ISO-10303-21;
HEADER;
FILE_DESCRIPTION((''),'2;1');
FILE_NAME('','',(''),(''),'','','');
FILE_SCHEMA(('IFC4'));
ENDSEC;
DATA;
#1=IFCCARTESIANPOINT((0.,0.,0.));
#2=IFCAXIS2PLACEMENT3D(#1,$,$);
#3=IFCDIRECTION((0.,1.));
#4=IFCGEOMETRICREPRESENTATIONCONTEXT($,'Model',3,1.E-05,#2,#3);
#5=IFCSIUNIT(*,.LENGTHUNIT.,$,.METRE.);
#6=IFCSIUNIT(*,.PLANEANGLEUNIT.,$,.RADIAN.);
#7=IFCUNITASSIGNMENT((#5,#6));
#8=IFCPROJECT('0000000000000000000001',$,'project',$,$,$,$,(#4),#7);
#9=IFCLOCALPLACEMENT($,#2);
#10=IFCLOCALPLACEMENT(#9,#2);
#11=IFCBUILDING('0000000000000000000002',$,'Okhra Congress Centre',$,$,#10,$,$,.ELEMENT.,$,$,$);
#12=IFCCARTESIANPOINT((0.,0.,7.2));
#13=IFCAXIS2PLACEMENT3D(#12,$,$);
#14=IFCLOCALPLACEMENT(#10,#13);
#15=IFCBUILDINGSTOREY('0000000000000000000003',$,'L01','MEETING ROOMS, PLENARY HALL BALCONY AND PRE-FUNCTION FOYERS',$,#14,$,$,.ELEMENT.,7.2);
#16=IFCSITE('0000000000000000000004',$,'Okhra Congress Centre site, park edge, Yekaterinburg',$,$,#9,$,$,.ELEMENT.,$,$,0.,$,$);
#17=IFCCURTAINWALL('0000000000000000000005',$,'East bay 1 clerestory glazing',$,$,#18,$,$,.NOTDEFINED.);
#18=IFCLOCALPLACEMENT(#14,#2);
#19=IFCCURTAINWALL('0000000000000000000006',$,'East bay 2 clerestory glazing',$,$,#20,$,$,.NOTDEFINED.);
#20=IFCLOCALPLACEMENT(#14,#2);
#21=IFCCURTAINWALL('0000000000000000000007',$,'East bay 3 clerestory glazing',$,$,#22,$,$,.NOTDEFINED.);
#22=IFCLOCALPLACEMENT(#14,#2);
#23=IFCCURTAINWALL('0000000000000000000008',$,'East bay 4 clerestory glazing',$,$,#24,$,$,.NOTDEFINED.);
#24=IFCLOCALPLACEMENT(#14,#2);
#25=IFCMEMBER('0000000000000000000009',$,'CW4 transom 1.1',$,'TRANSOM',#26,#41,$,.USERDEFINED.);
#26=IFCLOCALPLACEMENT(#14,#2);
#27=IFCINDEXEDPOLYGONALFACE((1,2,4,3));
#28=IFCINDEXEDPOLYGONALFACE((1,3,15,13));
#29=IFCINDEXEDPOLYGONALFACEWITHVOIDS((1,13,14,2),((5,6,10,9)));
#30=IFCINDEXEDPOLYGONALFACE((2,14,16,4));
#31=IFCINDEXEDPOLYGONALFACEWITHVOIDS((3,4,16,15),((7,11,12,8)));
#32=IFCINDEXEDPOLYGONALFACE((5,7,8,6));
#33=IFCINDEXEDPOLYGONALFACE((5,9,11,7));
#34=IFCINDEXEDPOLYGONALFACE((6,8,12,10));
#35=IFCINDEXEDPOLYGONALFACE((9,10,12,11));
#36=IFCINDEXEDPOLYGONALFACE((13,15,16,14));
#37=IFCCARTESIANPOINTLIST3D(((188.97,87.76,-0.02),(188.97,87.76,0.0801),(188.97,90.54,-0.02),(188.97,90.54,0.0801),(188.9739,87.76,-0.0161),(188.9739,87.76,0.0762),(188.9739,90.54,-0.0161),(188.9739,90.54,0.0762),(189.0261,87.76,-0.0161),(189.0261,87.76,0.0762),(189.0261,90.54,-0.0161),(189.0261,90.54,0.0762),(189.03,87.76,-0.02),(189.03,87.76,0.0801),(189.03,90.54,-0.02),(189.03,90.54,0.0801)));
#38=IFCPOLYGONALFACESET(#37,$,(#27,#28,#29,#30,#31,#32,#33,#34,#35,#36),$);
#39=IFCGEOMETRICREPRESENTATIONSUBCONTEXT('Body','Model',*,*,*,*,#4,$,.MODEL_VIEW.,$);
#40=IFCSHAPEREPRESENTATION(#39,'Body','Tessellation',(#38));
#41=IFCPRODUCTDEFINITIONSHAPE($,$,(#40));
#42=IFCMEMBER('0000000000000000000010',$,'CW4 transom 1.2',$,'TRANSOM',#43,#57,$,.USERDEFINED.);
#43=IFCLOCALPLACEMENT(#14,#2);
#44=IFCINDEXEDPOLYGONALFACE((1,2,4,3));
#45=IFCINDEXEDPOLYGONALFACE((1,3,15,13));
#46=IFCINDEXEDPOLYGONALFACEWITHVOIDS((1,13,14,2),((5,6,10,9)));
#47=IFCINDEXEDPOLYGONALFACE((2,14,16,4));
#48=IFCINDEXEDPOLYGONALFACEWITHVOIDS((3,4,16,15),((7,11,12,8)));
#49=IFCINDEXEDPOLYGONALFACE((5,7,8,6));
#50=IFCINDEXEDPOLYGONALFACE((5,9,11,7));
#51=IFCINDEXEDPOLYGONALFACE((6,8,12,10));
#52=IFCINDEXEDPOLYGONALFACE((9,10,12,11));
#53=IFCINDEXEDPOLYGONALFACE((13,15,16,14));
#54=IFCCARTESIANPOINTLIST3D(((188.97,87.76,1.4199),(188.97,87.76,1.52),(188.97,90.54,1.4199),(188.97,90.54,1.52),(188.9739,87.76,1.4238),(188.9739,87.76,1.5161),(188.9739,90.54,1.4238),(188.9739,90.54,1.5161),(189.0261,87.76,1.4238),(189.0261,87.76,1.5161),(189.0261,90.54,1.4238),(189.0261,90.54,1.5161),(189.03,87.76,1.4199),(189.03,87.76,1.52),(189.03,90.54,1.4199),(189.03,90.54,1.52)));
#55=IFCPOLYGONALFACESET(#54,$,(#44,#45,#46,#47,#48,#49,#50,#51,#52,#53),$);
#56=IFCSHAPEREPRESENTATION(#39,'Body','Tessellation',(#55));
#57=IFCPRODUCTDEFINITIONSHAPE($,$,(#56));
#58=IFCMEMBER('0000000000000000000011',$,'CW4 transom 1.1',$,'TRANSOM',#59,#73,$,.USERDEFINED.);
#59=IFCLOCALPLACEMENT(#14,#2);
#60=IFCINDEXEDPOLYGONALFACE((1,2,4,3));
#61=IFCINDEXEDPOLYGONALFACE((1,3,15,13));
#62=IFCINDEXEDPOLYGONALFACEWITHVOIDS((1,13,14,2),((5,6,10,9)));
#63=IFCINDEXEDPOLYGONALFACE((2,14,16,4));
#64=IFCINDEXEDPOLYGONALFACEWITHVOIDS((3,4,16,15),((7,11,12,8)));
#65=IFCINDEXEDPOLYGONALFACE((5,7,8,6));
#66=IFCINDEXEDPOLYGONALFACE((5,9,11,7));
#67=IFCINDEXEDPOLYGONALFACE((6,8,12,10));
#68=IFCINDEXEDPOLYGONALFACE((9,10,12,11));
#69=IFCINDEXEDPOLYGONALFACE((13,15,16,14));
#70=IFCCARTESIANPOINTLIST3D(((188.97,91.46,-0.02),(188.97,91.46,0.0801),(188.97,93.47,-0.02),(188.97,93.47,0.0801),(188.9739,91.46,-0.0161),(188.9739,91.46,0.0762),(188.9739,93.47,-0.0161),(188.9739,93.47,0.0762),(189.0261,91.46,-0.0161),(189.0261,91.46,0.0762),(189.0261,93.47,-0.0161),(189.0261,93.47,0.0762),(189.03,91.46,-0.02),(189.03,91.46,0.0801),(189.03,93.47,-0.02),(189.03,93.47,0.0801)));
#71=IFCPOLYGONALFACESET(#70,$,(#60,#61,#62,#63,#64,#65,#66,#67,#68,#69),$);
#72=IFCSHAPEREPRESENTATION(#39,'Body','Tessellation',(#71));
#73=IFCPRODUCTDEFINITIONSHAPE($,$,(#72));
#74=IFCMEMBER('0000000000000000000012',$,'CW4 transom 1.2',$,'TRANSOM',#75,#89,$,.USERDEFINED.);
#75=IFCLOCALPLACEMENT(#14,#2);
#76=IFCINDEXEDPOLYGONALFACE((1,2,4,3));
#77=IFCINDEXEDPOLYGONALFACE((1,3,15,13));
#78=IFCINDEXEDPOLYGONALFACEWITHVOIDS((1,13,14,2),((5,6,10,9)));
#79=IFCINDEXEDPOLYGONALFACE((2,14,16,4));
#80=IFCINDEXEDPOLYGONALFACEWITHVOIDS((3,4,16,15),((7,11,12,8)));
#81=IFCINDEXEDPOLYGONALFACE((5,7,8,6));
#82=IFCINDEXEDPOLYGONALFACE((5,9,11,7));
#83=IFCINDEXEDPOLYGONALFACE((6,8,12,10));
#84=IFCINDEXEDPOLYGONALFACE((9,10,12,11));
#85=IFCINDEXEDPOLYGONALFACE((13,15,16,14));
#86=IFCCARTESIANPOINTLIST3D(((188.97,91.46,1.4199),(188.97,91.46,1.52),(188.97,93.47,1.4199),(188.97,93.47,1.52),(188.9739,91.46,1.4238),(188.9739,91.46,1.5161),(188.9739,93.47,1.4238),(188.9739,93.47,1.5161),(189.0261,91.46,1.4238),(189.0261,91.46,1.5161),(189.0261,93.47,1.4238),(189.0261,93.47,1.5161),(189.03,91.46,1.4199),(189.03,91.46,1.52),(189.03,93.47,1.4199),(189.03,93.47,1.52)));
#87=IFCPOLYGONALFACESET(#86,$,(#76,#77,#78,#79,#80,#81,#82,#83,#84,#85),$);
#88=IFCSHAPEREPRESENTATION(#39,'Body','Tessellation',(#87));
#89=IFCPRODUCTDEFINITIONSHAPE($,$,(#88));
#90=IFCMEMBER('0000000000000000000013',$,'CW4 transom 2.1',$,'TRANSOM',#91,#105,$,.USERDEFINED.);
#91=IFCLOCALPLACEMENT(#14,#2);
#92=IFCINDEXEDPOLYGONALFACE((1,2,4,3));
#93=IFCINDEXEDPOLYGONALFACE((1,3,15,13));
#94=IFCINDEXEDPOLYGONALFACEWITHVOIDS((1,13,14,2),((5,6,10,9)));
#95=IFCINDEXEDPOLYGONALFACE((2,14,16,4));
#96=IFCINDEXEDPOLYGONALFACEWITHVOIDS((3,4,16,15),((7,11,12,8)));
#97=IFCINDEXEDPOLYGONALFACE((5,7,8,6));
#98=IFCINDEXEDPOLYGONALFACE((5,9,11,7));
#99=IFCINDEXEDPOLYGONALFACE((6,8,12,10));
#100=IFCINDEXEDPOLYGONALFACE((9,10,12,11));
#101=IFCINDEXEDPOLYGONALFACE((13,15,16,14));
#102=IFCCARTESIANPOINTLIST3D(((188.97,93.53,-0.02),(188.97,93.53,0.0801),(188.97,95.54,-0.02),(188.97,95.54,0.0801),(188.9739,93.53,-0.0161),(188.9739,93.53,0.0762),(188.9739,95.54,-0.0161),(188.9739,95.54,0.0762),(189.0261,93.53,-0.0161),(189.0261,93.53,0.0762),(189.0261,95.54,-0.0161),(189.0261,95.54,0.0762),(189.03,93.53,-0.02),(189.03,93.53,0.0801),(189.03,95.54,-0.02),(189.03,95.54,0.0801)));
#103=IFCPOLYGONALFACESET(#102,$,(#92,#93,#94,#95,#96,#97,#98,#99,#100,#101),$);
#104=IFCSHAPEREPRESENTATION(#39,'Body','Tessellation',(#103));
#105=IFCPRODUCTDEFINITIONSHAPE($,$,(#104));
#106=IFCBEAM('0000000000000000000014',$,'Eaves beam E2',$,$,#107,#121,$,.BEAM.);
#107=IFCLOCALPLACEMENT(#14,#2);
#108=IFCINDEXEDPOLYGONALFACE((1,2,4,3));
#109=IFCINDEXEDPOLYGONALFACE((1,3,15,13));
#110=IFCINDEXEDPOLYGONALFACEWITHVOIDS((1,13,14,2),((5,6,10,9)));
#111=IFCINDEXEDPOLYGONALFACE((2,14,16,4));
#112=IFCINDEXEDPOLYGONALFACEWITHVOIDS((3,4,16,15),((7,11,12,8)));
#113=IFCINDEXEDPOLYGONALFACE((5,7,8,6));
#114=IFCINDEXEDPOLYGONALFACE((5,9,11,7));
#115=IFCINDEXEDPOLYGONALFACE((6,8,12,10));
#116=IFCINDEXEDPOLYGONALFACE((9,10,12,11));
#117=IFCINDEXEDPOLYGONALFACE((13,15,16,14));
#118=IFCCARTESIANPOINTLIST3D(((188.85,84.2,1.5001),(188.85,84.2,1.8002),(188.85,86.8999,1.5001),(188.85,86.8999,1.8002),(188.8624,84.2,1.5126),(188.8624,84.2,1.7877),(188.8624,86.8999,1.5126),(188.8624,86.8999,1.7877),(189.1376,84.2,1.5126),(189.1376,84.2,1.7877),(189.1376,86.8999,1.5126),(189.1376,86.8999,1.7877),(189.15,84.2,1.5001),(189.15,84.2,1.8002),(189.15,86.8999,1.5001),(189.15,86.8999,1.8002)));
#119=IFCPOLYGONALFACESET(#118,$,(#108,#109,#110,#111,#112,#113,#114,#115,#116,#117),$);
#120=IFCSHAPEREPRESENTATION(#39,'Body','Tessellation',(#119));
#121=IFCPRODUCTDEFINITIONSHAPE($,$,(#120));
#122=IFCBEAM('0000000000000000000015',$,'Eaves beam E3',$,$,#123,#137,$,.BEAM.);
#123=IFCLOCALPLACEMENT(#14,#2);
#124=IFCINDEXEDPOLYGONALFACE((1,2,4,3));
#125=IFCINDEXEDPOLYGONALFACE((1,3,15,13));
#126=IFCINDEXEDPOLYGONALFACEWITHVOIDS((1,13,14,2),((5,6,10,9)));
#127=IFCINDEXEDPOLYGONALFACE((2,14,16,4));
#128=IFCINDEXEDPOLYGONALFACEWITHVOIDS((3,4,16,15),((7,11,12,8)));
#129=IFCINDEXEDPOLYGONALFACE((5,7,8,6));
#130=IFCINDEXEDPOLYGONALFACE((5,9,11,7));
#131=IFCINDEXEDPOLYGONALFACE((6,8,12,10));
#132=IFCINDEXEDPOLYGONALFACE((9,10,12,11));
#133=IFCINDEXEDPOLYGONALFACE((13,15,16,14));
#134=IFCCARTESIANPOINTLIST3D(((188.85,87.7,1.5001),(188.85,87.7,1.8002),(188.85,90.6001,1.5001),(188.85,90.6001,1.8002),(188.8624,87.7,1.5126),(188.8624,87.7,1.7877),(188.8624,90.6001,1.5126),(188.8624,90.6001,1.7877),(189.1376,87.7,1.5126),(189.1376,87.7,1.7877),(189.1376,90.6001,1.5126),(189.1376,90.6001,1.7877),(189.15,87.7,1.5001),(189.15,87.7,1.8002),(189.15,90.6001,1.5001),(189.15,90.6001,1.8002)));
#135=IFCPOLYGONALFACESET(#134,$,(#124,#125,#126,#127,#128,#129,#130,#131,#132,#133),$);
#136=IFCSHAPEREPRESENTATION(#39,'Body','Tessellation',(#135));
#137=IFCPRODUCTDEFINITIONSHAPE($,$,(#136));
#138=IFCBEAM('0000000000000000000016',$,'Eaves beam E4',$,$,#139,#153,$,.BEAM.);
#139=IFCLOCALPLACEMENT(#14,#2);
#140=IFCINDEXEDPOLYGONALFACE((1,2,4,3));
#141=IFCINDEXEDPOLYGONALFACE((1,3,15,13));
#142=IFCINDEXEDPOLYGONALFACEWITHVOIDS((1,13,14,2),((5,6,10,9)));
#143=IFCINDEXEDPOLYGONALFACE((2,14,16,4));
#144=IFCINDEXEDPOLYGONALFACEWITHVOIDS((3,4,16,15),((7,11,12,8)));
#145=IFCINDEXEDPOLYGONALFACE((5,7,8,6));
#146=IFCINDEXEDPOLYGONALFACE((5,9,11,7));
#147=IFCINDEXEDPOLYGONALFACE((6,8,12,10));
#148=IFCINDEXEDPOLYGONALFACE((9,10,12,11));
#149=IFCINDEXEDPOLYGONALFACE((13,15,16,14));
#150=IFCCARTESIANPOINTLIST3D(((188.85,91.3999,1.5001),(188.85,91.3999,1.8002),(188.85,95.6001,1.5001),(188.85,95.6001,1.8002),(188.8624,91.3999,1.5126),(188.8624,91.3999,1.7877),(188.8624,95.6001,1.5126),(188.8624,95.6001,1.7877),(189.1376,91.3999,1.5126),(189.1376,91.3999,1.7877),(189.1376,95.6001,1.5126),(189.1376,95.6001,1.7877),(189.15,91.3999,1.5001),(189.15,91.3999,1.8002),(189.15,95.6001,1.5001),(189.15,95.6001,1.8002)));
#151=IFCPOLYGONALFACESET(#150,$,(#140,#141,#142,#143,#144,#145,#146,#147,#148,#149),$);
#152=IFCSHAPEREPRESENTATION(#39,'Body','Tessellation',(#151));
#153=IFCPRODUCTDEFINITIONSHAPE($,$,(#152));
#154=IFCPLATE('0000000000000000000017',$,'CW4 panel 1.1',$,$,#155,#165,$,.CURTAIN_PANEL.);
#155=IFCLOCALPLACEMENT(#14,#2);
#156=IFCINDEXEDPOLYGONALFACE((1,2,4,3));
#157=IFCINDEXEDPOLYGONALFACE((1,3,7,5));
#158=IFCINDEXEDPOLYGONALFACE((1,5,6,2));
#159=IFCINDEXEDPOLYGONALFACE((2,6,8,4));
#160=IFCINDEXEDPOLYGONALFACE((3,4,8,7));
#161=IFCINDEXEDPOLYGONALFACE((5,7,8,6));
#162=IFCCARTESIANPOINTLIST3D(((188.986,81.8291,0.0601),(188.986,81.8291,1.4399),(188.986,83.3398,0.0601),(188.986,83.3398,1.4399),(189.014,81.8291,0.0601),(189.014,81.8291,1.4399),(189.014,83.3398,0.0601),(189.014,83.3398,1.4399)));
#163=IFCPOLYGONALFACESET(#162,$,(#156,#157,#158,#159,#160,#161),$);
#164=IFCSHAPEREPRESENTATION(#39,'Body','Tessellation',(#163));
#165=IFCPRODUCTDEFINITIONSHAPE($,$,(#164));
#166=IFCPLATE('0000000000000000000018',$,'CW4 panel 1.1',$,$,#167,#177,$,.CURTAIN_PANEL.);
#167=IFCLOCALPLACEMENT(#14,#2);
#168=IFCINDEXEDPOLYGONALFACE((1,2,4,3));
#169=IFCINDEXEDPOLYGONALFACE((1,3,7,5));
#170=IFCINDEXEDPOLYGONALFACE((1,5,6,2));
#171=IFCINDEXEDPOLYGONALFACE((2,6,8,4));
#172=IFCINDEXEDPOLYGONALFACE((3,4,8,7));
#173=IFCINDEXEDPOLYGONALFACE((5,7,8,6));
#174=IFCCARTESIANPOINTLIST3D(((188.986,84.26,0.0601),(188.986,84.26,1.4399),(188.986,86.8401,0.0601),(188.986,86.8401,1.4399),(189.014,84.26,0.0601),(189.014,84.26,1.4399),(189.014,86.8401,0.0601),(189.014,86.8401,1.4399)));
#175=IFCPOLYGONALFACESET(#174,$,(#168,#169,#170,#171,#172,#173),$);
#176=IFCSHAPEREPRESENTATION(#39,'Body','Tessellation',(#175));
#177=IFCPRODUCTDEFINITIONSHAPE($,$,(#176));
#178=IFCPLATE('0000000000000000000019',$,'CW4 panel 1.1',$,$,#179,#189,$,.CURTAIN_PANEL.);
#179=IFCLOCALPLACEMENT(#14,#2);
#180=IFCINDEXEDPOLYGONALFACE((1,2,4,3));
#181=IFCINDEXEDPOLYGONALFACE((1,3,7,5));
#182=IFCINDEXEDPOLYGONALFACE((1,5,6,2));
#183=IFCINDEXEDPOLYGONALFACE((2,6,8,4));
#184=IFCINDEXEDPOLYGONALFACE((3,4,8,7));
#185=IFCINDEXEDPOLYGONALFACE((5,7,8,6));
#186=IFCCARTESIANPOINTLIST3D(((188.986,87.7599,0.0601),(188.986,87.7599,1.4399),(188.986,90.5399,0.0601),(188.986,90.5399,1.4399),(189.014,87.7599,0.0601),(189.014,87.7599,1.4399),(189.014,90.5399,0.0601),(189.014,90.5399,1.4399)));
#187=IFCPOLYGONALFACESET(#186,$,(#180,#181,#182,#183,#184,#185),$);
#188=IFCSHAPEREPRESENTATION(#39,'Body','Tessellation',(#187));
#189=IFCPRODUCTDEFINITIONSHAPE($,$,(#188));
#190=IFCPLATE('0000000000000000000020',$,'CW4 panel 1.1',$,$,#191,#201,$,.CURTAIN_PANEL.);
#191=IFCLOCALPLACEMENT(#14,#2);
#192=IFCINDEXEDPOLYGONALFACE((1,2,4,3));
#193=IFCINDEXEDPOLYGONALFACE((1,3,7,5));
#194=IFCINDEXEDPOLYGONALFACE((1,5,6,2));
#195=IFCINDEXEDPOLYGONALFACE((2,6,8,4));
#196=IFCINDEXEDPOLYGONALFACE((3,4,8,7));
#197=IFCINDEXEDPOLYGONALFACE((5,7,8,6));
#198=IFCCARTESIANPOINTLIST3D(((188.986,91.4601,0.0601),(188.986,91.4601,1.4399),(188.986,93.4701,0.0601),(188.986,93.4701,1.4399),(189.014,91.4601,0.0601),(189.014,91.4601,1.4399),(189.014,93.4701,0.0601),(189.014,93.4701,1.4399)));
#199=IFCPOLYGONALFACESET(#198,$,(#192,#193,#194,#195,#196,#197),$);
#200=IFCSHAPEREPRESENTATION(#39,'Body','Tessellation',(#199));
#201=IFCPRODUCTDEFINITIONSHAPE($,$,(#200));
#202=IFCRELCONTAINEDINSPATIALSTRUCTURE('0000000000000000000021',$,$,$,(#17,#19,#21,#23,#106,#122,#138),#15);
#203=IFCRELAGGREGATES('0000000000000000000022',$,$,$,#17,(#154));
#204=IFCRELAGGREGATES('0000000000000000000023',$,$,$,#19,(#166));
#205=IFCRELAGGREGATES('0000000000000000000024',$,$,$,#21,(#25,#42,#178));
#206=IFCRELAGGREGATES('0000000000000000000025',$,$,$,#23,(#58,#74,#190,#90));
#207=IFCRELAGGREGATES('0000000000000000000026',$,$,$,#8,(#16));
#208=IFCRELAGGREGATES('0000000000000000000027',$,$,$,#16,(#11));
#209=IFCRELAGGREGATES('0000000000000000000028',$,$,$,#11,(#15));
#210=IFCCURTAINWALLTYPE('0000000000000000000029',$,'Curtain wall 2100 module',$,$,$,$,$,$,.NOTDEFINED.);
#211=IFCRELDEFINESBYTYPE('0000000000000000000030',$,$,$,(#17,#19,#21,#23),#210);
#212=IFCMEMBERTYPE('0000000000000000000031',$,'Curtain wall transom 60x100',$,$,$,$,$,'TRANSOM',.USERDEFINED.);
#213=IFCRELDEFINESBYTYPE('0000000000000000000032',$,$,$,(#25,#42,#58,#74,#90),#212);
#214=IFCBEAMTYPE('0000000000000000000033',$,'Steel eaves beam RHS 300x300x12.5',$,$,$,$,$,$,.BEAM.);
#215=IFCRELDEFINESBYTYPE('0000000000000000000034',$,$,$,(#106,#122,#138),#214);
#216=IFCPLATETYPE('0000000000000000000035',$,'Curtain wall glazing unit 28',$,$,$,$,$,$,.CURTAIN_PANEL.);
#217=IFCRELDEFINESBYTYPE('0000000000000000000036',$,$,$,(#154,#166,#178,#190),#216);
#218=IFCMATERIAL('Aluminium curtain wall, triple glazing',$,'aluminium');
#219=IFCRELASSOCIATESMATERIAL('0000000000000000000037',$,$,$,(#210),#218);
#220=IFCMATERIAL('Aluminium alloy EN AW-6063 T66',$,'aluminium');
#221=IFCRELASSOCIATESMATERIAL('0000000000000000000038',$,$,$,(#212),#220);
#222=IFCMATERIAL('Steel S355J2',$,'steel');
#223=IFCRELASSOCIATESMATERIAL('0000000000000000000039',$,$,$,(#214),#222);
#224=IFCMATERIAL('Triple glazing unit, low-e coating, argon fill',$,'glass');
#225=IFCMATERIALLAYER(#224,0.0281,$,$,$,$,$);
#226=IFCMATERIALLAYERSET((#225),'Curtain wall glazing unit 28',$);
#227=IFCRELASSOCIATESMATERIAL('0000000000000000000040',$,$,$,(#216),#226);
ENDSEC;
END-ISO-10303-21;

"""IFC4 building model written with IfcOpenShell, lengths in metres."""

from ifc_helpers import new_model, si_unit, direction, frame, origin, origin_2d, place, context, subcontext, project, spatial, rectangle, hollow_rectangle, extrude, material, layer, layer_set, material_profile, profile_set, type_object, element, aggregate, save


model = new_model("IFC4")

# Units and contexts
model_context = context("Model", 3, precision=1e-05, world=origin(), true_north=direction((0.0, 1.0)))
body_context = subcontext(model_context, "Body", "Model", "MODEL_VIEW")
ifc_project = project(units=[si_unit("LENGTHUNIT", "METRE"), si_unit("PLANEANGLEUNIT", "RADIAN")], contexts=[model_context])

# Site, building, storey
site_placement = place(None, origin())
site = spatial("IfcSite", under=ifc_project, at=site_placement, Name="Okhra Congress Centre site, park edge, Yekaterinburg", CompositionType="ELEMENT", RefElevation=0.0)
building_placement = place(site_placement, origin())
building = spatial("IfcBuilding", under=site, at=building_placement, Name="Okhra Congress Centre", CompositionType="ELEMENT")
storey_placement = place(building_placement, frame((0.0, 0.0, 7.2)))
storey = spatial("IfcBuildingStorey", under=building, at=storey_placement, Name="L01", Description="MEETING ROOMS, PLENARY HALL BALCONY AND PRE-FUNCTION FOYERS", CompositionType="ELEMENT", Elevation=7.2)

# Curtain wall
ifc_material_1 = material(Name="Aluminium curtain wall, triple glazing", Category="aluminium")
curtain_wall_type_1 = type_object("IfcCurtainWallType", Name="Curtain wall 2100 module", PredefinedType="NOTDEFINED", material=ifc_material_1)
curtain_wall_1_placement = place(storey_placement, origin())
curtain_wall_1 = element("IfcCurtainWall", 1, at=curtain_wall_1_placement, inside=storey, type_object=curtain_wall_type_1, Name="East bay 1 clerestory glazing", PredefinedType="NOTDEFINED")
ifc_material_2 = material(Name="Aluminium alloy EN AW-6063 T66", Category="aluminium")

# Curtain walls
curtain_wall_2_placement = place(storey_placement, origin())
curtain_wall_2 = element("IfcCurtainWall", 2, at=curtain_wall_2_placement, inside=storey, type_object=curtain_wall_type_1, Name="East bay 2 clerestory glazing", PredefinedType="NOTDEFINED")
curtain_wall_3_placement = place(storey_placement, origin())
curtain_wall_3 = element("IfcCurtainWall", 3, at=curtain_wall_3_placement, inside=storey, type_object=curtain_wall_type_1, Name="East bay 3 clerestory glazing", PredefinedType="NOTDEFINED")
curtain_wall_4_placement = place(storey_placement, origin())
curtain_wall_4 = element("IfcCurtainWall", 4, at=curtain_wall_4_placement, inside=storey, type_object=curtain_wall_type_1, Name="East bay 4 clerestory glazing", PredefinedType="NOTDEFINED")

# Members
ifc_material_profile_1 = material_profile(ifc_material_2, hollow_rectangle(XDim=0.0601, YDim=0.1001, WallThickness=0.0039, at=origin_2d()), Name="RHS 60x100x4")
ifc_profile_set_1 = profile_set([ifc_material_profile_1], Name="Aluminium alloy EN AW-6063 T66")
member_type_1 = type_object("IfcMemberType", Name="Curtain wall transom 60x100", ElementType="TRANSOM", PredefinedType="USERDEFINED", material=ifc_profile_set_1)
member_1_placement = place(storey_placement, frame((189.0, 87.76, 0.03), z_axis=(0.0, 1.0, 0.0), x_axis=(-1.0, 0.0, 0.0)))
member_1 = element("IfcMember", 5, at=member_1_placement, type_object=member_type_1, Name="CW4 transom 1.1", ObjectType="TRANSOM", PredefinedType="USERDEFINED", context=body_context, shape_type="SweptSolid", body=[
    extrude(hollow_rectangle(XDim=0.0601, YDim=0.1001, WallThickness=0.0039, at=origin_2d()), origin(), (0.0, 0.0, 1.0), 2.78),
])
member_2_placement = place(storey_placement, frame((189.0, 87.76, 1.47), z_axis=(0.0, 1.0, 0.0), x_axis=(-1.0, 0.0, 0.0)))
member_2 = element("IfcMember", 6, at=member_2_placement, type_object=member_type_1, Name="CW4 transom 1.2", ObjectType="TRANSOM", PredefinedType="USERDEFINED", context=body_context, shape_type="SweptSolid", body=[
    extrude(hollow_rectangle(XDim=0.0601, YDim=0.1001, WallThickness=0.0039, at=origin_2d()), origin(), (0.0, 0.0, 1.0), 2.78),
])
member_3_placement = place(storey_placement, frame((189.0, 91.46, 0.03), z_axis=(0.0, 1.0, 0.0), x_axis=(-1.0, 0.0, 0.0)))
member_3 = element("IfcMember", 7, at=member_3_placement, type_object=member_type_1, Name="CW4 transom 1.1", ObjectType="TRANSOM", PredefinedType="USERDEFINED", context=body_context, shape_type="SweptSolid", body=[
    extrude(hollow_rectangle(XDim=0.0601, YDim=0.1001, WallThickness=0.0039, at=origin_2d()), origin(), (0.0, 0.0, 1.0), 2.01),
])
member_4_placement = place(storey_placement, frame((189.0, 91.46, 1.47), z_axis=(0.0, 1.0, 0.0), x_axis=(-1.0, 0.0, 0.0)))
member_4 = element("IfcMember", 8, at=member_4_placement, type_object=member_type_1, Name="CW4 transom 1.2", ObjectType="TRANSOM", PredefinedType="USERDEFINED", context=body_context, shape_type="SweptSolid", body=[
    extrude(hollow_rectangle(XDim=0.0601, YDim=0.1001, WallThickness=0.0039, at=origin_2d()), origin(), (0.0, 0.0, 1.0), 2.01),
])
member_5_placement = place(storey_placement, frame((189.0, 93.53, 0.03), z_axis=(0.0, 1.0, 0.0), x_axis=(-1.0, 0.0, 0.0)))
member_5 = element("IfcMember", 9, at=member_5_placement, type_object=member_type_1, Name="CW4 transom 2.1", ObjectType="TRANSOM", PredefinedType="USERDEFINED", context=body_context, shape_type="SweptSolid", body=[
    extrude(hollow_rectangle(XDim=0.0601, YDim=0.1001, WallThickness=0.0039, at=origin_2d()), origin(), (0.0, 0.0, 1.0), 2.01),
])

# Beams
ifc_material_3 = material(Name="Steel S355J2", Category="steel")
ifc_material_profile_2 = material_profile(ifc_material_3, hollow_rectangle(XDim=0.3, YDim=0.3, WallThickness=0.0125, at=origin_2d()), Name="RHS 300x300x12.5")
ifc_profile_set_2 = profile_set([ifc_material_profile_2], Name="Steel S355J2")
beam_type = type_object("IfcBeamType", Name="Steel eaves beam RHS 300x300x12.5", PredefinedType="BEAM", material=ifc_profile_set_2)
beam_1_placement = place(storey_placement, frame((189.0, 84.2, 1.6501), z_axis=(0.0, 1.0, 0.0), x_axis=(-1.0, 0.0, 0.0)))
element("IfcBeam", 10, at=beam_1_placement, inside=storey, type_object=beam_type, Name="Eaves beam E2", PredefinedType="BEAM", context=body_context, shape_type="SweptSolid", body=[
    extrude(hollow_rectangle(XDim=0.3, YDim=0.3, WallThickness=0.0125, at=origin_2d()), origin(), (0.0, 0.0, 1.0), 2.7),
])
beam_2_placement = place(storey_placement, frame((189.0, 87.7, 1.6501), z_axis=(0.0, 1.0, 0.0), x_axis=(-1.0, 0.0, 0.0)))
element("IfcBeam", 11, at=beam_2_placement, inside=storey, type_object=beam_type, Name="Eaves beam E3", PredefinedType="BEAM", context=body_context, shape_type="SweptSolid", body=[
    extrude(hollow_rectangle(XDim=0.3, YDim=0.3, WallThickness=0.0125, at=origin_2d()), origin(), (0.0, 0.0, 1.0), 2.9001),
])
beam_3_placement = place(storey_placement, frame((189.0, 91.3999, 1.6501), z_axis=(0.0, 1.0, 0.0), x_axis=(-1.0, 0.0, 0.0)))
element("IfcBeam", 12, at=beam_3_placement, inside=storey, type_object=beam_type, Name="Eaves beam E4", PredefinedType="BEAM", context=body_context, shape_type="SweptSolid", body=[
    extrude(hollow_rectangle(XDim=0.3, YDim=0.3, WallThickness=0.0125, at=origin_2d()), origin(), (0.0, 0.0, 1.0), 4.2002),
])

# Plates
ifc_material_4 = material(Name="Triple glazing unit, low-e coating, argon fill", Category="glass")
ifc_layer_1 = layer(ifc_material_4, 0.0281)
ifc_layer_set_1 = layer_set([ifc_layer_1], Name="Curtain wall glazing unit 28")
plate_type_1 = type_object("IfcPlateType", Name="Curtain wall glazing unit 28", PredefinedType="CURTAIN_PANEL", material=ifc_layer_set_1)
plate_1_placement = place(storey_placement, frame((189.0, 82.5845, 0.0601), z_axis=(0.0, 0.0, 1.0), x_axis=(0.0, 1.0, 0.0)))
plate_1 = element("IfcPlate", 13, at=plate_1_placement, type_object=plate_type_1, Name="CW4 panel 1.1", PredefinedType="CURTAIN_PANEL", context=body_context, shape_type="SweptSolid", body=[
    extrude(rectangle(XDim=1.5107, YDim=0.0281, at=origin_2d()), origin(), (0.0, 0.0, 1.0), 1.3799),
])
aggregate(curtain_wall_1, [plate_1])
plate_2_placement = place(storey_placement, frame((189.0, 85.55, 0.0601), z_axis=(0.0, 0.0, 1.0), x_axis=(0.0, 1.0, 0.0)))
plate_2 = element("IfcPlate", 14, at=plate_2_placement, type_object=plate_type_1, Name="CW4 panel 1.1", PredefinedType="CURTAIN_PANEL", context=body_context, shape_type="SweptSolid", body=[
    extrude(rectangle(XDim=2.5801, YDim=0.0281, at=origin_2d()), origin(), (0.0, 0.0, 1.0), 1.3799),
])
aggregate(curtain_wall_2, [plate_2])
plate_3_placement = place(storey_placement, frame((189.0, 89.1499, 0.0601), z_axis=(0.0, 0.0, 1.0), x_axis=(0.0, 1.0, 0.0)))
plate_3 = element("IfcPlate", 15, at=plate_3_placement, type_object=plate_type_1, Name="CW4 panel 1.1", PredefinedType="CURTAIN_PANEL", context=body_context, shape_type="SweptSolid", body=[
    extrude(rectangle(XDim=2.78, YDim=0.0281, at=origin_2d()), origin(), (0.0, 0.0, 1.0), 1.3799),
])
aggregate(curtain_wall_3, [member_1, member_2, plate_3])
plate_4_placement = place(storey_placement, frame((189.0, 92.4651, 0.0601), z_axis=(0.0, 0.0, 1.0), x_axis=(0.0, 1.0, 0.0)))
plate_4 = element("IfcPlate", 16, at=plate_4_placement, type_object=plate_type_1, Name="CW4 panel 1.1", PredefinedType="CURTAIN_PANEL", context=body_context, shape_type="SweptSolid", body=[
    extrude(rectangle(XDim=2.01, YDim=0.0281, at=origin_2d()), origin(), (0.0, 0.0, 1.0), 1.3799),
])
aggregate(curtain_wall_4, [member_3, member_4, plate_4, member_5])

save(model, "model.ifc")
